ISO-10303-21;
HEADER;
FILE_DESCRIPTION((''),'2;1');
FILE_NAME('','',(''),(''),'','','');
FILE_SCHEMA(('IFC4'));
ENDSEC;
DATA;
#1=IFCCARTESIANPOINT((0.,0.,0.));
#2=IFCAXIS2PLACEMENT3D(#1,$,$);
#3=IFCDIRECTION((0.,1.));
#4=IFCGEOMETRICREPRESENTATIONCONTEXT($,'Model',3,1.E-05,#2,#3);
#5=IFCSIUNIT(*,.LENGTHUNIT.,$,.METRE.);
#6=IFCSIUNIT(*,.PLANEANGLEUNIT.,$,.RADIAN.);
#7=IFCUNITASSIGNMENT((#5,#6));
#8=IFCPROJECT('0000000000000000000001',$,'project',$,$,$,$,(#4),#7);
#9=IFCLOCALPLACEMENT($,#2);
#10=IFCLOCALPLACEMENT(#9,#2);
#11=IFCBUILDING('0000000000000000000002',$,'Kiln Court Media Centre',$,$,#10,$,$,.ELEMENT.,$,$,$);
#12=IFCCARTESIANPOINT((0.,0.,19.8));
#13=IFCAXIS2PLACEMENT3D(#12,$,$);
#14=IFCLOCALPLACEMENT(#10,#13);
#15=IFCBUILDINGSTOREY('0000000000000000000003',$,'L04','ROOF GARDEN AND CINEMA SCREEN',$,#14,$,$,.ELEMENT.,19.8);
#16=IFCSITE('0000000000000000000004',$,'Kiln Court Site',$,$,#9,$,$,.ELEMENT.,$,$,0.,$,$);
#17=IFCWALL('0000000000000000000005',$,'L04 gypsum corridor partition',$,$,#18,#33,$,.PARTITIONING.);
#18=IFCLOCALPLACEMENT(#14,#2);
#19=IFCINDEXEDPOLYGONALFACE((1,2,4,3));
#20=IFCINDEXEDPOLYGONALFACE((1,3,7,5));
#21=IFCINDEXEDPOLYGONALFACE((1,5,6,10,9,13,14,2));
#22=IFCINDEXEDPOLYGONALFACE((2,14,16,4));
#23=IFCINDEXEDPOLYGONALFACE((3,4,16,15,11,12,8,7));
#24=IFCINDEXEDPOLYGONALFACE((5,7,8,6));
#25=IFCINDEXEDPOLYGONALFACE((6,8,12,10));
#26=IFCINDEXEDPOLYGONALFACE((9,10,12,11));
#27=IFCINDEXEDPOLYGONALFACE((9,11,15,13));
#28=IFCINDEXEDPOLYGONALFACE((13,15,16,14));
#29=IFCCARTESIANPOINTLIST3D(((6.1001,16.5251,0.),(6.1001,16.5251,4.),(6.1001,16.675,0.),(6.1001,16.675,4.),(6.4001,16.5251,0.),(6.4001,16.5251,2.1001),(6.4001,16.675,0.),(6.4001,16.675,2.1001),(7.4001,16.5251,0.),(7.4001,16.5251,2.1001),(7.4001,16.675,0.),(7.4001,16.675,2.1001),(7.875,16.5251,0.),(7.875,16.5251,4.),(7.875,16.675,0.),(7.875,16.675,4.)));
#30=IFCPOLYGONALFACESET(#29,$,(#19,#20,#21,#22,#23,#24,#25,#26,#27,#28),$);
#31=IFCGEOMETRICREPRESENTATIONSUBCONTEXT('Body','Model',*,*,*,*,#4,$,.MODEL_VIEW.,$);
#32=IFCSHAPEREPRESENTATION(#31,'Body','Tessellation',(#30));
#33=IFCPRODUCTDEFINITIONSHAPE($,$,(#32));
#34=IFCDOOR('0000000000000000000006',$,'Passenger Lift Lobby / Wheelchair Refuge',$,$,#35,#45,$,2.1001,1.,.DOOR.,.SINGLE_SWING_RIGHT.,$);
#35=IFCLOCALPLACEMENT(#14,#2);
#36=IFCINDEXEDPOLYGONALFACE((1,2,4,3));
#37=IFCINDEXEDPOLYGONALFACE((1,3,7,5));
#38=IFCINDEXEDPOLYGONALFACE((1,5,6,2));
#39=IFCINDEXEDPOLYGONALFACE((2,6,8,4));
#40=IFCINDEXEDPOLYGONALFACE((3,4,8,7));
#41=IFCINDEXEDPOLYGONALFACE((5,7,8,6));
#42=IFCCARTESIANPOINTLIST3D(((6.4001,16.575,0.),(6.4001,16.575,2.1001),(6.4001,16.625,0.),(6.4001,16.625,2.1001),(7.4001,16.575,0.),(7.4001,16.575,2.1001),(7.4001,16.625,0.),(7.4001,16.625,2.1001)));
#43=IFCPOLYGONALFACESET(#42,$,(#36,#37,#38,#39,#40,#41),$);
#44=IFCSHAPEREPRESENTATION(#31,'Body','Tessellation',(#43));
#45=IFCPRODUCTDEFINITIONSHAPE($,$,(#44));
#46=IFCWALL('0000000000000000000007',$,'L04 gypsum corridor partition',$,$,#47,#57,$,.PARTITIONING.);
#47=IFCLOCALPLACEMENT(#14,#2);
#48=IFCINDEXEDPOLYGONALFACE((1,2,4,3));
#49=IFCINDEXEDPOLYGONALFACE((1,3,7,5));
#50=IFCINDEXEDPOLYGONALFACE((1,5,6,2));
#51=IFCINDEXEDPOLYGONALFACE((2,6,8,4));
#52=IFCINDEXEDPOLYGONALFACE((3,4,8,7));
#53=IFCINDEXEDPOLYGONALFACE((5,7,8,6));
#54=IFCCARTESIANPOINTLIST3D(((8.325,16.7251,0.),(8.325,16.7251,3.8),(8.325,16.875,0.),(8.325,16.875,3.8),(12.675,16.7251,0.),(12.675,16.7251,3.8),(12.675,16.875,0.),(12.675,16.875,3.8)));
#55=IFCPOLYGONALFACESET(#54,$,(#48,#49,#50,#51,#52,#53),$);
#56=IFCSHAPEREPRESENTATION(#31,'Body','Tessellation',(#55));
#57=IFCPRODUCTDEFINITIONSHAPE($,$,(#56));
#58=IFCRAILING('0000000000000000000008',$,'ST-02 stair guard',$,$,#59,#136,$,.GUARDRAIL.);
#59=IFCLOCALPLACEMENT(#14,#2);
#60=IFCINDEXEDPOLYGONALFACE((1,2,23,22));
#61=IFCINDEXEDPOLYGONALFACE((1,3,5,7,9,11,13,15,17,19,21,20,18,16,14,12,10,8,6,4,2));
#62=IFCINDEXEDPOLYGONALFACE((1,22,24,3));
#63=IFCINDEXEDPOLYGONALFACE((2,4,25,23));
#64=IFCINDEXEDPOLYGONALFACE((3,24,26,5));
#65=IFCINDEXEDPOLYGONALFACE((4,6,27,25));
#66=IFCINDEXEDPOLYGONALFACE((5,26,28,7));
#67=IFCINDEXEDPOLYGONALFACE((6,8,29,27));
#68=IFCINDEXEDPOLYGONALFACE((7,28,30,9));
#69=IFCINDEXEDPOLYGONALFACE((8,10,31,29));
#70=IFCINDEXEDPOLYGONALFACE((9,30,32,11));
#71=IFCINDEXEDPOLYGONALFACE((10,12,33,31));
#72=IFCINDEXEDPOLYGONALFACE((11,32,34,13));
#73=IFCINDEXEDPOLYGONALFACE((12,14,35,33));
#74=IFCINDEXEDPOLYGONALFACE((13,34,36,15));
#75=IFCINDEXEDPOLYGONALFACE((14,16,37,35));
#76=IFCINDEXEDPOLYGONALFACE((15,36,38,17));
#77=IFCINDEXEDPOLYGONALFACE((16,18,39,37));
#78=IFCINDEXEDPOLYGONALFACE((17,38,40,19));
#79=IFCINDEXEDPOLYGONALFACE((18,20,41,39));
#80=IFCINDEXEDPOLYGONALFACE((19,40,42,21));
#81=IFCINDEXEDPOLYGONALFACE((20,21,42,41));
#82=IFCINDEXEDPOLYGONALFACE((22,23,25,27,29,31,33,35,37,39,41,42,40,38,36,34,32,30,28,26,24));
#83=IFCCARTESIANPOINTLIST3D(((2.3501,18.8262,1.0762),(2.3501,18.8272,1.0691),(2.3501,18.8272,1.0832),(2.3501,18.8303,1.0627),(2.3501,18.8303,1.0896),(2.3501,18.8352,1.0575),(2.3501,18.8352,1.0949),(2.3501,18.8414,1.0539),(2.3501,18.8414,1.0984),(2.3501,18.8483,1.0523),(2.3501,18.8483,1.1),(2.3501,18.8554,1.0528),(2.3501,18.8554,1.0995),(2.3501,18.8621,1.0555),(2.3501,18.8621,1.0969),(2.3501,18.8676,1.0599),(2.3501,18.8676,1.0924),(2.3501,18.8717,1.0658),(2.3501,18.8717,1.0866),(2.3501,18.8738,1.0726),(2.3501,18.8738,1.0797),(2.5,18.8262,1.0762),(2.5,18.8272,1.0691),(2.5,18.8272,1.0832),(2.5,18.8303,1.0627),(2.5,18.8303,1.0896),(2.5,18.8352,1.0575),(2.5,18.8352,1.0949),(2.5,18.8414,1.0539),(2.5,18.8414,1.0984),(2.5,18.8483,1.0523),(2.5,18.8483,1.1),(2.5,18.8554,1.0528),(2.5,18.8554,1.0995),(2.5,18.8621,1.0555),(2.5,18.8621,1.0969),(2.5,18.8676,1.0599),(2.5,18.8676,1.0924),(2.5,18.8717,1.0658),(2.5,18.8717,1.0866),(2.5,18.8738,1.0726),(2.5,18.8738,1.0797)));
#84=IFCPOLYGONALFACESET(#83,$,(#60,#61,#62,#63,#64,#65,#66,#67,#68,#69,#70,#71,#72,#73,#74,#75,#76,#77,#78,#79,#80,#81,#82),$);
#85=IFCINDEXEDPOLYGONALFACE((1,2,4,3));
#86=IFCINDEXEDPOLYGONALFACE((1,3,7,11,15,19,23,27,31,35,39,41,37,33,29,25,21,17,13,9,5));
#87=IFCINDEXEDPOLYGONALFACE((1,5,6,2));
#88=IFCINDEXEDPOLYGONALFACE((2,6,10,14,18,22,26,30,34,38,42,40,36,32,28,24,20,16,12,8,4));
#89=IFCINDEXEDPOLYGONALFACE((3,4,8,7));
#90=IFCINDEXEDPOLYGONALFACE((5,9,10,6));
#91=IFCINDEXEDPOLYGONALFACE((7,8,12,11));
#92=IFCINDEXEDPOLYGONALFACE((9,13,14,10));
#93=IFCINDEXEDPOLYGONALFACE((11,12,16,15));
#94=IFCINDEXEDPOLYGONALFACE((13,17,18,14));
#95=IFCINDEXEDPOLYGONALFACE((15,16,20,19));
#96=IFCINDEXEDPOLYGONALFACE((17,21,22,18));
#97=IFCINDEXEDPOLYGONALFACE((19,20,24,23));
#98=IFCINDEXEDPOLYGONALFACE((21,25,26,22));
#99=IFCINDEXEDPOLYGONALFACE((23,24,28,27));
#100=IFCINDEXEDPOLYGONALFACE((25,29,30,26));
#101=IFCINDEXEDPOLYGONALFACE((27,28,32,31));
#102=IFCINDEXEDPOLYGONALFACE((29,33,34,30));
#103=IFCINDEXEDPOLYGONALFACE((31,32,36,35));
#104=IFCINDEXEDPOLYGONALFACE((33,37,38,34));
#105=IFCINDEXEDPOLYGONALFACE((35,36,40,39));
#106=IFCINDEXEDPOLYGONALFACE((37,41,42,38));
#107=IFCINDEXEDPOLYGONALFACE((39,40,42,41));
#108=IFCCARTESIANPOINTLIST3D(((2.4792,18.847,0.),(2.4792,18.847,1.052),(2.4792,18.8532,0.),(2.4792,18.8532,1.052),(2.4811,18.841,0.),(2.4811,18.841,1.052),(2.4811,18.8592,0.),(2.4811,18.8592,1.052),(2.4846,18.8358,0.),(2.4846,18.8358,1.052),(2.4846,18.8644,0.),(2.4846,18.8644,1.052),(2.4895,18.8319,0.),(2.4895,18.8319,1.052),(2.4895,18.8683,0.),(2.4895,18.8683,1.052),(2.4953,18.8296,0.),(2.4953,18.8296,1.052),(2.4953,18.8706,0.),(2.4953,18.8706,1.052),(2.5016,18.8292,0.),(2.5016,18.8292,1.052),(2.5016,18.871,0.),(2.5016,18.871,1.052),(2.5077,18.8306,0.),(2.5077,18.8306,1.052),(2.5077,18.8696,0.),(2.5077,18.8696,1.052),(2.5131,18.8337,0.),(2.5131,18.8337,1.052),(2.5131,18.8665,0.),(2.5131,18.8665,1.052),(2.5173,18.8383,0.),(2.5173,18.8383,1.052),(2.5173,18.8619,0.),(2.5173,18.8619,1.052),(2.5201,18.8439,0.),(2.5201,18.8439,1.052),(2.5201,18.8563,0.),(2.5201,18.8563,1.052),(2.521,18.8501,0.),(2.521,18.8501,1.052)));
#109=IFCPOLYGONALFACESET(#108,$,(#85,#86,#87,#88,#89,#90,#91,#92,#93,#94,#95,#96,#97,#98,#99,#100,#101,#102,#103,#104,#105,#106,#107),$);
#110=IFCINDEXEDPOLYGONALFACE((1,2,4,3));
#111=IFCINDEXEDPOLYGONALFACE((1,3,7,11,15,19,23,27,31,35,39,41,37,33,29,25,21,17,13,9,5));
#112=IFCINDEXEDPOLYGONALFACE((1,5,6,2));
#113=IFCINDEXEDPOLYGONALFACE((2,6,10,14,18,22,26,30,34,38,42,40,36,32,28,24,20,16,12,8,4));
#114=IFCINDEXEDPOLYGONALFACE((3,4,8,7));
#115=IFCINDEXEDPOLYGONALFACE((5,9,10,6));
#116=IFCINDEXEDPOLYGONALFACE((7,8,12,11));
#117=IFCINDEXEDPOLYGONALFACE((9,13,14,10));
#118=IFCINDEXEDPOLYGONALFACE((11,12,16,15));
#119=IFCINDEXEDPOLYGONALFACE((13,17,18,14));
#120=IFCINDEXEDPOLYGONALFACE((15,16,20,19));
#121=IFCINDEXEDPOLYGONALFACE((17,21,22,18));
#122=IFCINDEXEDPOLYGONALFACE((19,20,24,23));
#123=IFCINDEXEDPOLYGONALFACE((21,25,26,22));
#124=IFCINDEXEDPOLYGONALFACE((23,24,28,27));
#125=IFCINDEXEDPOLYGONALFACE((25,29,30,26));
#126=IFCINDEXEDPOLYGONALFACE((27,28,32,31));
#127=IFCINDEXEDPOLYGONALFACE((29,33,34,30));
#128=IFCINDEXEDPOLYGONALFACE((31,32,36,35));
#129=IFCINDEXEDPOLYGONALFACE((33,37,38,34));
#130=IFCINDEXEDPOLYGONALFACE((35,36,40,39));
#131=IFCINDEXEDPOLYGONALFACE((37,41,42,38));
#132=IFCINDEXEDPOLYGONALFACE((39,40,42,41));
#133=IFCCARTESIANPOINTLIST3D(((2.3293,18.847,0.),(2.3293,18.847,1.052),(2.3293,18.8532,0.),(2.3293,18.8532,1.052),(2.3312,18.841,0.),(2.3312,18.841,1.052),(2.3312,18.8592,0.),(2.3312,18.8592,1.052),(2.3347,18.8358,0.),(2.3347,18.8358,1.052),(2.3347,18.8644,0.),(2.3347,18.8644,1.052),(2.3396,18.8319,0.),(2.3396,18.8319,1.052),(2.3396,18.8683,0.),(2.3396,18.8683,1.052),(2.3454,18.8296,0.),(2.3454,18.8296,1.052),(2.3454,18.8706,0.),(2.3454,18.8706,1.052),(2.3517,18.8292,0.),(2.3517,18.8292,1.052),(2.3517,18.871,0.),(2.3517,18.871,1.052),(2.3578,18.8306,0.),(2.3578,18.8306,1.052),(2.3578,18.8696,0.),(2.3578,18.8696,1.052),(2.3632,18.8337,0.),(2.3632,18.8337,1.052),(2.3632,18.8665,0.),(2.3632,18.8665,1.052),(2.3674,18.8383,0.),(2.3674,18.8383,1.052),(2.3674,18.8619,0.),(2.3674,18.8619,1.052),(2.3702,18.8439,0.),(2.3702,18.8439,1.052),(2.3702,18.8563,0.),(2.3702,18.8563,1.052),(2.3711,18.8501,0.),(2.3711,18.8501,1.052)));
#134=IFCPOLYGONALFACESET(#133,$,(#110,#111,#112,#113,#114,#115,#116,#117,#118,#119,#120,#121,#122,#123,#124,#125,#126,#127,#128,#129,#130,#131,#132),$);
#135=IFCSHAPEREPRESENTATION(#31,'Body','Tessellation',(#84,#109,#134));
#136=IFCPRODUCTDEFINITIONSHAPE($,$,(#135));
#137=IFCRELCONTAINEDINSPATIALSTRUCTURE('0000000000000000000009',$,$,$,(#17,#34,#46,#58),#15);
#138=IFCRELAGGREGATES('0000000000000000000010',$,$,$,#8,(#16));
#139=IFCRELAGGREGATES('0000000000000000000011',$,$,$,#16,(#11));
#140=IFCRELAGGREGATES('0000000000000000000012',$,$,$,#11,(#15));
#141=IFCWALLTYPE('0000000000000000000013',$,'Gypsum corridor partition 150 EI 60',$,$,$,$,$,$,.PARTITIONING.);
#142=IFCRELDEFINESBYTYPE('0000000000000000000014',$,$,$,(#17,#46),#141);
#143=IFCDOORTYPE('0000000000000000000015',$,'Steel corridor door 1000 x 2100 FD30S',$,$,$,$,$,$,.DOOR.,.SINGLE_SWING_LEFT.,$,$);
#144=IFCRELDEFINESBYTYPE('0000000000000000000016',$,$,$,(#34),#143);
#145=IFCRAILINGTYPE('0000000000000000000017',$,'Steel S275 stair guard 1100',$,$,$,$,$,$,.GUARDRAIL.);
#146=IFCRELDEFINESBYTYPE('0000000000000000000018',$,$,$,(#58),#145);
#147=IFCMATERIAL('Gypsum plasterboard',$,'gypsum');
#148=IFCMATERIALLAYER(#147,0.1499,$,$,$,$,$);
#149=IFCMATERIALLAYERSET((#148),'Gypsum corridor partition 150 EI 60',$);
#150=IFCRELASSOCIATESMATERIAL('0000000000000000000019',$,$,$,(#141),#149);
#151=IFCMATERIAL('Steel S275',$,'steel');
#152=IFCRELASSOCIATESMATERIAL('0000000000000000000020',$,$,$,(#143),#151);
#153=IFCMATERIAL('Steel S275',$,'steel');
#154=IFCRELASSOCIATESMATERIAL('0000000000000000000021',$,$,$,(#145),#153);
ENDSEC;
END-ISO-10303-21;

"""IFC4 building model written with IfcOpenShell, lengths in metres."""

from ifc_helpers import new_model, si_unit, direction, frame, frame_2d, origin, origin_2d, place, context, subcontext, project, spatial, rectangle, circle, extrude, material, layer, layer_set, type_object, element, fill, save


model = new_model("IFC4")

# Units and contexts
model_context = context("Model", 3, precision=1e-05, world=origin(), true_north=direction((0.0, 1.0)))
body_context = subcontext(model_context, "Body", "Model", "MODEL_VIEW")
ifc_project = project(units=[si_unit("LENGTHUNIT", "METRE"), si_unit("PLANEANGLEUNIT", "RADIAN")], contexts=[model_context])

# Site, building, storey
site_placement = place(None, origin())
site = spatial("IfcSite", under=ifc_project, at=site_placement, Name="Kiln Court Site", CompositionType="ELEMENT", RefElevation=0.0)
building_placement = place(site_placement, origin())
building = spatial("IfcBuilding", under=site, at=building_placement, Name="Kiln Court Media Centre", CompositionType="ELEMENT")
storey_placement = place(building_placement, frame((0.0, 0.0, 19.8)))
storey = spatial("IfcBuildingStorey", under=building, at=storey_placement, Name="L04", Description="ROOF GARDEN AND CINEMA SCREEN", CompositionType="ELEMENT", Elevation=19.8)

# Wall, opening, door
ifc_material_1 = material(Name="Gypsum plasterboard", Category="gypsum")
ifc_layer_1 = layer(ifc_material_1, 0.1499)
ifc_layer_set_1 = layer_set([ifc_layer_1], Name="Gypsum corridor partition 150 EI 60")
wall_type_1 = type_object("IfcWallType", Name="Gypsum corridor partition 150 EI 60", PredefinedType="PARTITIONING", material=ifc_layer_set_1)
wall_1_placement = place(storey_placement, frame((6.1001, 16.6001, 0.0), z_axis=(0.0, 0.0, 1.0), x_axis=(1.0, 0.0, 0.0)))
wall_1 = element("IfcWall", 1, at=wall_1_placement, inside=storey, type_object=wall_type_1, Name="L04 gypsum corridor partition", PredefinedType="PARTITIONING", context=body_context, shape_type="SweptSolid", body=[
    extrude(rectangle(XDim=1.7749, YDim=0.1499, at=frame_2d((0.8875, 0.0))), origin(), (0.0, 0.0, 1.0), 4.0),
])
opening_1_placement = place(wall_1_placement, frame((0.3, 0.0, 0.0)))
opening_1 = element("IfcOpeningElement", 2, at=opening_1_placement, cuts=wall_1, PredefinedType="OPENING", context=body_context, shape_type="SweptSolid", body=[
    extrude(rectangle(XDim=1.0, YDim=2.1001, at=frame_2d((0.5, 1.05))), frame((0.0, 0.085, 0.0), z_axis=(0.0, -1.0, 0.0), x_axis=(1.0, 0.0, 0.0)), (0.0, 0.0, 1.0), 0.1699),
])
ifc_material_2 = material(Name="Steel S275", Category="steel")
door_type_1 = type_object("IfcDoorType", Name="Steel corridor door 1000 x 2100 FD30S", OperationType="SINGLE_SWING_LEFT", PredefinedType="DOOR", material=ifc_material_2)
door_1_placement = place(opening_1_placement, origin())
door_1 = element("IfcDoor", 3, at=door_1_placement, inside=storey, type_object=door_type_1, Name="Passenger Lift Lobby / Wheelchair Refuge", OperationType="SINGLE_SWING_RIGHT", OverallHeight=2.1001, OverallWidth=1.0, PredefinedType="DOOR", context=body_context, shape_type="SweptSolid", body=[
    extrude(rectangle(XDim=1.0, YDim=2.1001, at=frame_2d((0.5, 1.05))), frame((0.0, 0.0249, 0.0), z_axis=(0.0, -1.0, 0.0), x_axis=(1.0, 0.0, 0.0)), (0.0, 0.0, 1.0), 0.05),
])
fill(opening_1, door_1)

# Wall
wall_2_placement = place(storey_placement, frame((8.325, 16.8, 0.0), z_axis=(0.0, 0.0, 1.0), x_axis=(1.0, 0.0, 0.0)))
element("IfcWall", 4, at=wall_2_placement, inside=storey, type_object=wall_type_1, Name="L04 gypsum corridor partition", PredefinedType="PARTITIONING", context=body_context, shape_type="SweptSolid", body=[
    extrude(rectangle(XDim=4.3501, YDim=0.1499, at=frame_2d((2.175, 0.0))), origin(), (0.0, 0.0, 1.0), 3.8),
])

# Railing
ifc_material_3 = material(Name="Steel S275", Category="steel")
railing_type_1 = type_object("IfcRailingType", Name="Steel S275 stair guard 1100", PredefinedType="GUARDRAIL", material=ifc_material_3)
railing_1_placement = place(storey_placement, frame((2.5, 18.8501, 0.0)))
element("IfcRailing", 5, at=railing_1_placement, inside=storey, type_object=railing_type_1, Name="ST-02 stair guard", PredefinedType="GUARDRAIL", context=body_context, shape_type="SweptSolid", body=[
    extrude(circle(Radius=0.0239, at=origin_2d()), frame((0.0, 0.0, 1.0762), z_axis=(-1.0, 0.0, 0.0), x_axis=(0.0, -1.0, 0.0)), (0.0, 0.0, 1.0), 0.1499),
    extrude(circle(Radius=0.021, at=origin_2d()), origin(), (0.0, 0.0, 1.0), 1.052),
    extrude(circle(Radius=0.021, at=origin_2d()), frame((-0.1499, 0.0, 0.0)), (0.0, 0.0, 1.0), 1.052),
])

save(model, "model.ifc")
